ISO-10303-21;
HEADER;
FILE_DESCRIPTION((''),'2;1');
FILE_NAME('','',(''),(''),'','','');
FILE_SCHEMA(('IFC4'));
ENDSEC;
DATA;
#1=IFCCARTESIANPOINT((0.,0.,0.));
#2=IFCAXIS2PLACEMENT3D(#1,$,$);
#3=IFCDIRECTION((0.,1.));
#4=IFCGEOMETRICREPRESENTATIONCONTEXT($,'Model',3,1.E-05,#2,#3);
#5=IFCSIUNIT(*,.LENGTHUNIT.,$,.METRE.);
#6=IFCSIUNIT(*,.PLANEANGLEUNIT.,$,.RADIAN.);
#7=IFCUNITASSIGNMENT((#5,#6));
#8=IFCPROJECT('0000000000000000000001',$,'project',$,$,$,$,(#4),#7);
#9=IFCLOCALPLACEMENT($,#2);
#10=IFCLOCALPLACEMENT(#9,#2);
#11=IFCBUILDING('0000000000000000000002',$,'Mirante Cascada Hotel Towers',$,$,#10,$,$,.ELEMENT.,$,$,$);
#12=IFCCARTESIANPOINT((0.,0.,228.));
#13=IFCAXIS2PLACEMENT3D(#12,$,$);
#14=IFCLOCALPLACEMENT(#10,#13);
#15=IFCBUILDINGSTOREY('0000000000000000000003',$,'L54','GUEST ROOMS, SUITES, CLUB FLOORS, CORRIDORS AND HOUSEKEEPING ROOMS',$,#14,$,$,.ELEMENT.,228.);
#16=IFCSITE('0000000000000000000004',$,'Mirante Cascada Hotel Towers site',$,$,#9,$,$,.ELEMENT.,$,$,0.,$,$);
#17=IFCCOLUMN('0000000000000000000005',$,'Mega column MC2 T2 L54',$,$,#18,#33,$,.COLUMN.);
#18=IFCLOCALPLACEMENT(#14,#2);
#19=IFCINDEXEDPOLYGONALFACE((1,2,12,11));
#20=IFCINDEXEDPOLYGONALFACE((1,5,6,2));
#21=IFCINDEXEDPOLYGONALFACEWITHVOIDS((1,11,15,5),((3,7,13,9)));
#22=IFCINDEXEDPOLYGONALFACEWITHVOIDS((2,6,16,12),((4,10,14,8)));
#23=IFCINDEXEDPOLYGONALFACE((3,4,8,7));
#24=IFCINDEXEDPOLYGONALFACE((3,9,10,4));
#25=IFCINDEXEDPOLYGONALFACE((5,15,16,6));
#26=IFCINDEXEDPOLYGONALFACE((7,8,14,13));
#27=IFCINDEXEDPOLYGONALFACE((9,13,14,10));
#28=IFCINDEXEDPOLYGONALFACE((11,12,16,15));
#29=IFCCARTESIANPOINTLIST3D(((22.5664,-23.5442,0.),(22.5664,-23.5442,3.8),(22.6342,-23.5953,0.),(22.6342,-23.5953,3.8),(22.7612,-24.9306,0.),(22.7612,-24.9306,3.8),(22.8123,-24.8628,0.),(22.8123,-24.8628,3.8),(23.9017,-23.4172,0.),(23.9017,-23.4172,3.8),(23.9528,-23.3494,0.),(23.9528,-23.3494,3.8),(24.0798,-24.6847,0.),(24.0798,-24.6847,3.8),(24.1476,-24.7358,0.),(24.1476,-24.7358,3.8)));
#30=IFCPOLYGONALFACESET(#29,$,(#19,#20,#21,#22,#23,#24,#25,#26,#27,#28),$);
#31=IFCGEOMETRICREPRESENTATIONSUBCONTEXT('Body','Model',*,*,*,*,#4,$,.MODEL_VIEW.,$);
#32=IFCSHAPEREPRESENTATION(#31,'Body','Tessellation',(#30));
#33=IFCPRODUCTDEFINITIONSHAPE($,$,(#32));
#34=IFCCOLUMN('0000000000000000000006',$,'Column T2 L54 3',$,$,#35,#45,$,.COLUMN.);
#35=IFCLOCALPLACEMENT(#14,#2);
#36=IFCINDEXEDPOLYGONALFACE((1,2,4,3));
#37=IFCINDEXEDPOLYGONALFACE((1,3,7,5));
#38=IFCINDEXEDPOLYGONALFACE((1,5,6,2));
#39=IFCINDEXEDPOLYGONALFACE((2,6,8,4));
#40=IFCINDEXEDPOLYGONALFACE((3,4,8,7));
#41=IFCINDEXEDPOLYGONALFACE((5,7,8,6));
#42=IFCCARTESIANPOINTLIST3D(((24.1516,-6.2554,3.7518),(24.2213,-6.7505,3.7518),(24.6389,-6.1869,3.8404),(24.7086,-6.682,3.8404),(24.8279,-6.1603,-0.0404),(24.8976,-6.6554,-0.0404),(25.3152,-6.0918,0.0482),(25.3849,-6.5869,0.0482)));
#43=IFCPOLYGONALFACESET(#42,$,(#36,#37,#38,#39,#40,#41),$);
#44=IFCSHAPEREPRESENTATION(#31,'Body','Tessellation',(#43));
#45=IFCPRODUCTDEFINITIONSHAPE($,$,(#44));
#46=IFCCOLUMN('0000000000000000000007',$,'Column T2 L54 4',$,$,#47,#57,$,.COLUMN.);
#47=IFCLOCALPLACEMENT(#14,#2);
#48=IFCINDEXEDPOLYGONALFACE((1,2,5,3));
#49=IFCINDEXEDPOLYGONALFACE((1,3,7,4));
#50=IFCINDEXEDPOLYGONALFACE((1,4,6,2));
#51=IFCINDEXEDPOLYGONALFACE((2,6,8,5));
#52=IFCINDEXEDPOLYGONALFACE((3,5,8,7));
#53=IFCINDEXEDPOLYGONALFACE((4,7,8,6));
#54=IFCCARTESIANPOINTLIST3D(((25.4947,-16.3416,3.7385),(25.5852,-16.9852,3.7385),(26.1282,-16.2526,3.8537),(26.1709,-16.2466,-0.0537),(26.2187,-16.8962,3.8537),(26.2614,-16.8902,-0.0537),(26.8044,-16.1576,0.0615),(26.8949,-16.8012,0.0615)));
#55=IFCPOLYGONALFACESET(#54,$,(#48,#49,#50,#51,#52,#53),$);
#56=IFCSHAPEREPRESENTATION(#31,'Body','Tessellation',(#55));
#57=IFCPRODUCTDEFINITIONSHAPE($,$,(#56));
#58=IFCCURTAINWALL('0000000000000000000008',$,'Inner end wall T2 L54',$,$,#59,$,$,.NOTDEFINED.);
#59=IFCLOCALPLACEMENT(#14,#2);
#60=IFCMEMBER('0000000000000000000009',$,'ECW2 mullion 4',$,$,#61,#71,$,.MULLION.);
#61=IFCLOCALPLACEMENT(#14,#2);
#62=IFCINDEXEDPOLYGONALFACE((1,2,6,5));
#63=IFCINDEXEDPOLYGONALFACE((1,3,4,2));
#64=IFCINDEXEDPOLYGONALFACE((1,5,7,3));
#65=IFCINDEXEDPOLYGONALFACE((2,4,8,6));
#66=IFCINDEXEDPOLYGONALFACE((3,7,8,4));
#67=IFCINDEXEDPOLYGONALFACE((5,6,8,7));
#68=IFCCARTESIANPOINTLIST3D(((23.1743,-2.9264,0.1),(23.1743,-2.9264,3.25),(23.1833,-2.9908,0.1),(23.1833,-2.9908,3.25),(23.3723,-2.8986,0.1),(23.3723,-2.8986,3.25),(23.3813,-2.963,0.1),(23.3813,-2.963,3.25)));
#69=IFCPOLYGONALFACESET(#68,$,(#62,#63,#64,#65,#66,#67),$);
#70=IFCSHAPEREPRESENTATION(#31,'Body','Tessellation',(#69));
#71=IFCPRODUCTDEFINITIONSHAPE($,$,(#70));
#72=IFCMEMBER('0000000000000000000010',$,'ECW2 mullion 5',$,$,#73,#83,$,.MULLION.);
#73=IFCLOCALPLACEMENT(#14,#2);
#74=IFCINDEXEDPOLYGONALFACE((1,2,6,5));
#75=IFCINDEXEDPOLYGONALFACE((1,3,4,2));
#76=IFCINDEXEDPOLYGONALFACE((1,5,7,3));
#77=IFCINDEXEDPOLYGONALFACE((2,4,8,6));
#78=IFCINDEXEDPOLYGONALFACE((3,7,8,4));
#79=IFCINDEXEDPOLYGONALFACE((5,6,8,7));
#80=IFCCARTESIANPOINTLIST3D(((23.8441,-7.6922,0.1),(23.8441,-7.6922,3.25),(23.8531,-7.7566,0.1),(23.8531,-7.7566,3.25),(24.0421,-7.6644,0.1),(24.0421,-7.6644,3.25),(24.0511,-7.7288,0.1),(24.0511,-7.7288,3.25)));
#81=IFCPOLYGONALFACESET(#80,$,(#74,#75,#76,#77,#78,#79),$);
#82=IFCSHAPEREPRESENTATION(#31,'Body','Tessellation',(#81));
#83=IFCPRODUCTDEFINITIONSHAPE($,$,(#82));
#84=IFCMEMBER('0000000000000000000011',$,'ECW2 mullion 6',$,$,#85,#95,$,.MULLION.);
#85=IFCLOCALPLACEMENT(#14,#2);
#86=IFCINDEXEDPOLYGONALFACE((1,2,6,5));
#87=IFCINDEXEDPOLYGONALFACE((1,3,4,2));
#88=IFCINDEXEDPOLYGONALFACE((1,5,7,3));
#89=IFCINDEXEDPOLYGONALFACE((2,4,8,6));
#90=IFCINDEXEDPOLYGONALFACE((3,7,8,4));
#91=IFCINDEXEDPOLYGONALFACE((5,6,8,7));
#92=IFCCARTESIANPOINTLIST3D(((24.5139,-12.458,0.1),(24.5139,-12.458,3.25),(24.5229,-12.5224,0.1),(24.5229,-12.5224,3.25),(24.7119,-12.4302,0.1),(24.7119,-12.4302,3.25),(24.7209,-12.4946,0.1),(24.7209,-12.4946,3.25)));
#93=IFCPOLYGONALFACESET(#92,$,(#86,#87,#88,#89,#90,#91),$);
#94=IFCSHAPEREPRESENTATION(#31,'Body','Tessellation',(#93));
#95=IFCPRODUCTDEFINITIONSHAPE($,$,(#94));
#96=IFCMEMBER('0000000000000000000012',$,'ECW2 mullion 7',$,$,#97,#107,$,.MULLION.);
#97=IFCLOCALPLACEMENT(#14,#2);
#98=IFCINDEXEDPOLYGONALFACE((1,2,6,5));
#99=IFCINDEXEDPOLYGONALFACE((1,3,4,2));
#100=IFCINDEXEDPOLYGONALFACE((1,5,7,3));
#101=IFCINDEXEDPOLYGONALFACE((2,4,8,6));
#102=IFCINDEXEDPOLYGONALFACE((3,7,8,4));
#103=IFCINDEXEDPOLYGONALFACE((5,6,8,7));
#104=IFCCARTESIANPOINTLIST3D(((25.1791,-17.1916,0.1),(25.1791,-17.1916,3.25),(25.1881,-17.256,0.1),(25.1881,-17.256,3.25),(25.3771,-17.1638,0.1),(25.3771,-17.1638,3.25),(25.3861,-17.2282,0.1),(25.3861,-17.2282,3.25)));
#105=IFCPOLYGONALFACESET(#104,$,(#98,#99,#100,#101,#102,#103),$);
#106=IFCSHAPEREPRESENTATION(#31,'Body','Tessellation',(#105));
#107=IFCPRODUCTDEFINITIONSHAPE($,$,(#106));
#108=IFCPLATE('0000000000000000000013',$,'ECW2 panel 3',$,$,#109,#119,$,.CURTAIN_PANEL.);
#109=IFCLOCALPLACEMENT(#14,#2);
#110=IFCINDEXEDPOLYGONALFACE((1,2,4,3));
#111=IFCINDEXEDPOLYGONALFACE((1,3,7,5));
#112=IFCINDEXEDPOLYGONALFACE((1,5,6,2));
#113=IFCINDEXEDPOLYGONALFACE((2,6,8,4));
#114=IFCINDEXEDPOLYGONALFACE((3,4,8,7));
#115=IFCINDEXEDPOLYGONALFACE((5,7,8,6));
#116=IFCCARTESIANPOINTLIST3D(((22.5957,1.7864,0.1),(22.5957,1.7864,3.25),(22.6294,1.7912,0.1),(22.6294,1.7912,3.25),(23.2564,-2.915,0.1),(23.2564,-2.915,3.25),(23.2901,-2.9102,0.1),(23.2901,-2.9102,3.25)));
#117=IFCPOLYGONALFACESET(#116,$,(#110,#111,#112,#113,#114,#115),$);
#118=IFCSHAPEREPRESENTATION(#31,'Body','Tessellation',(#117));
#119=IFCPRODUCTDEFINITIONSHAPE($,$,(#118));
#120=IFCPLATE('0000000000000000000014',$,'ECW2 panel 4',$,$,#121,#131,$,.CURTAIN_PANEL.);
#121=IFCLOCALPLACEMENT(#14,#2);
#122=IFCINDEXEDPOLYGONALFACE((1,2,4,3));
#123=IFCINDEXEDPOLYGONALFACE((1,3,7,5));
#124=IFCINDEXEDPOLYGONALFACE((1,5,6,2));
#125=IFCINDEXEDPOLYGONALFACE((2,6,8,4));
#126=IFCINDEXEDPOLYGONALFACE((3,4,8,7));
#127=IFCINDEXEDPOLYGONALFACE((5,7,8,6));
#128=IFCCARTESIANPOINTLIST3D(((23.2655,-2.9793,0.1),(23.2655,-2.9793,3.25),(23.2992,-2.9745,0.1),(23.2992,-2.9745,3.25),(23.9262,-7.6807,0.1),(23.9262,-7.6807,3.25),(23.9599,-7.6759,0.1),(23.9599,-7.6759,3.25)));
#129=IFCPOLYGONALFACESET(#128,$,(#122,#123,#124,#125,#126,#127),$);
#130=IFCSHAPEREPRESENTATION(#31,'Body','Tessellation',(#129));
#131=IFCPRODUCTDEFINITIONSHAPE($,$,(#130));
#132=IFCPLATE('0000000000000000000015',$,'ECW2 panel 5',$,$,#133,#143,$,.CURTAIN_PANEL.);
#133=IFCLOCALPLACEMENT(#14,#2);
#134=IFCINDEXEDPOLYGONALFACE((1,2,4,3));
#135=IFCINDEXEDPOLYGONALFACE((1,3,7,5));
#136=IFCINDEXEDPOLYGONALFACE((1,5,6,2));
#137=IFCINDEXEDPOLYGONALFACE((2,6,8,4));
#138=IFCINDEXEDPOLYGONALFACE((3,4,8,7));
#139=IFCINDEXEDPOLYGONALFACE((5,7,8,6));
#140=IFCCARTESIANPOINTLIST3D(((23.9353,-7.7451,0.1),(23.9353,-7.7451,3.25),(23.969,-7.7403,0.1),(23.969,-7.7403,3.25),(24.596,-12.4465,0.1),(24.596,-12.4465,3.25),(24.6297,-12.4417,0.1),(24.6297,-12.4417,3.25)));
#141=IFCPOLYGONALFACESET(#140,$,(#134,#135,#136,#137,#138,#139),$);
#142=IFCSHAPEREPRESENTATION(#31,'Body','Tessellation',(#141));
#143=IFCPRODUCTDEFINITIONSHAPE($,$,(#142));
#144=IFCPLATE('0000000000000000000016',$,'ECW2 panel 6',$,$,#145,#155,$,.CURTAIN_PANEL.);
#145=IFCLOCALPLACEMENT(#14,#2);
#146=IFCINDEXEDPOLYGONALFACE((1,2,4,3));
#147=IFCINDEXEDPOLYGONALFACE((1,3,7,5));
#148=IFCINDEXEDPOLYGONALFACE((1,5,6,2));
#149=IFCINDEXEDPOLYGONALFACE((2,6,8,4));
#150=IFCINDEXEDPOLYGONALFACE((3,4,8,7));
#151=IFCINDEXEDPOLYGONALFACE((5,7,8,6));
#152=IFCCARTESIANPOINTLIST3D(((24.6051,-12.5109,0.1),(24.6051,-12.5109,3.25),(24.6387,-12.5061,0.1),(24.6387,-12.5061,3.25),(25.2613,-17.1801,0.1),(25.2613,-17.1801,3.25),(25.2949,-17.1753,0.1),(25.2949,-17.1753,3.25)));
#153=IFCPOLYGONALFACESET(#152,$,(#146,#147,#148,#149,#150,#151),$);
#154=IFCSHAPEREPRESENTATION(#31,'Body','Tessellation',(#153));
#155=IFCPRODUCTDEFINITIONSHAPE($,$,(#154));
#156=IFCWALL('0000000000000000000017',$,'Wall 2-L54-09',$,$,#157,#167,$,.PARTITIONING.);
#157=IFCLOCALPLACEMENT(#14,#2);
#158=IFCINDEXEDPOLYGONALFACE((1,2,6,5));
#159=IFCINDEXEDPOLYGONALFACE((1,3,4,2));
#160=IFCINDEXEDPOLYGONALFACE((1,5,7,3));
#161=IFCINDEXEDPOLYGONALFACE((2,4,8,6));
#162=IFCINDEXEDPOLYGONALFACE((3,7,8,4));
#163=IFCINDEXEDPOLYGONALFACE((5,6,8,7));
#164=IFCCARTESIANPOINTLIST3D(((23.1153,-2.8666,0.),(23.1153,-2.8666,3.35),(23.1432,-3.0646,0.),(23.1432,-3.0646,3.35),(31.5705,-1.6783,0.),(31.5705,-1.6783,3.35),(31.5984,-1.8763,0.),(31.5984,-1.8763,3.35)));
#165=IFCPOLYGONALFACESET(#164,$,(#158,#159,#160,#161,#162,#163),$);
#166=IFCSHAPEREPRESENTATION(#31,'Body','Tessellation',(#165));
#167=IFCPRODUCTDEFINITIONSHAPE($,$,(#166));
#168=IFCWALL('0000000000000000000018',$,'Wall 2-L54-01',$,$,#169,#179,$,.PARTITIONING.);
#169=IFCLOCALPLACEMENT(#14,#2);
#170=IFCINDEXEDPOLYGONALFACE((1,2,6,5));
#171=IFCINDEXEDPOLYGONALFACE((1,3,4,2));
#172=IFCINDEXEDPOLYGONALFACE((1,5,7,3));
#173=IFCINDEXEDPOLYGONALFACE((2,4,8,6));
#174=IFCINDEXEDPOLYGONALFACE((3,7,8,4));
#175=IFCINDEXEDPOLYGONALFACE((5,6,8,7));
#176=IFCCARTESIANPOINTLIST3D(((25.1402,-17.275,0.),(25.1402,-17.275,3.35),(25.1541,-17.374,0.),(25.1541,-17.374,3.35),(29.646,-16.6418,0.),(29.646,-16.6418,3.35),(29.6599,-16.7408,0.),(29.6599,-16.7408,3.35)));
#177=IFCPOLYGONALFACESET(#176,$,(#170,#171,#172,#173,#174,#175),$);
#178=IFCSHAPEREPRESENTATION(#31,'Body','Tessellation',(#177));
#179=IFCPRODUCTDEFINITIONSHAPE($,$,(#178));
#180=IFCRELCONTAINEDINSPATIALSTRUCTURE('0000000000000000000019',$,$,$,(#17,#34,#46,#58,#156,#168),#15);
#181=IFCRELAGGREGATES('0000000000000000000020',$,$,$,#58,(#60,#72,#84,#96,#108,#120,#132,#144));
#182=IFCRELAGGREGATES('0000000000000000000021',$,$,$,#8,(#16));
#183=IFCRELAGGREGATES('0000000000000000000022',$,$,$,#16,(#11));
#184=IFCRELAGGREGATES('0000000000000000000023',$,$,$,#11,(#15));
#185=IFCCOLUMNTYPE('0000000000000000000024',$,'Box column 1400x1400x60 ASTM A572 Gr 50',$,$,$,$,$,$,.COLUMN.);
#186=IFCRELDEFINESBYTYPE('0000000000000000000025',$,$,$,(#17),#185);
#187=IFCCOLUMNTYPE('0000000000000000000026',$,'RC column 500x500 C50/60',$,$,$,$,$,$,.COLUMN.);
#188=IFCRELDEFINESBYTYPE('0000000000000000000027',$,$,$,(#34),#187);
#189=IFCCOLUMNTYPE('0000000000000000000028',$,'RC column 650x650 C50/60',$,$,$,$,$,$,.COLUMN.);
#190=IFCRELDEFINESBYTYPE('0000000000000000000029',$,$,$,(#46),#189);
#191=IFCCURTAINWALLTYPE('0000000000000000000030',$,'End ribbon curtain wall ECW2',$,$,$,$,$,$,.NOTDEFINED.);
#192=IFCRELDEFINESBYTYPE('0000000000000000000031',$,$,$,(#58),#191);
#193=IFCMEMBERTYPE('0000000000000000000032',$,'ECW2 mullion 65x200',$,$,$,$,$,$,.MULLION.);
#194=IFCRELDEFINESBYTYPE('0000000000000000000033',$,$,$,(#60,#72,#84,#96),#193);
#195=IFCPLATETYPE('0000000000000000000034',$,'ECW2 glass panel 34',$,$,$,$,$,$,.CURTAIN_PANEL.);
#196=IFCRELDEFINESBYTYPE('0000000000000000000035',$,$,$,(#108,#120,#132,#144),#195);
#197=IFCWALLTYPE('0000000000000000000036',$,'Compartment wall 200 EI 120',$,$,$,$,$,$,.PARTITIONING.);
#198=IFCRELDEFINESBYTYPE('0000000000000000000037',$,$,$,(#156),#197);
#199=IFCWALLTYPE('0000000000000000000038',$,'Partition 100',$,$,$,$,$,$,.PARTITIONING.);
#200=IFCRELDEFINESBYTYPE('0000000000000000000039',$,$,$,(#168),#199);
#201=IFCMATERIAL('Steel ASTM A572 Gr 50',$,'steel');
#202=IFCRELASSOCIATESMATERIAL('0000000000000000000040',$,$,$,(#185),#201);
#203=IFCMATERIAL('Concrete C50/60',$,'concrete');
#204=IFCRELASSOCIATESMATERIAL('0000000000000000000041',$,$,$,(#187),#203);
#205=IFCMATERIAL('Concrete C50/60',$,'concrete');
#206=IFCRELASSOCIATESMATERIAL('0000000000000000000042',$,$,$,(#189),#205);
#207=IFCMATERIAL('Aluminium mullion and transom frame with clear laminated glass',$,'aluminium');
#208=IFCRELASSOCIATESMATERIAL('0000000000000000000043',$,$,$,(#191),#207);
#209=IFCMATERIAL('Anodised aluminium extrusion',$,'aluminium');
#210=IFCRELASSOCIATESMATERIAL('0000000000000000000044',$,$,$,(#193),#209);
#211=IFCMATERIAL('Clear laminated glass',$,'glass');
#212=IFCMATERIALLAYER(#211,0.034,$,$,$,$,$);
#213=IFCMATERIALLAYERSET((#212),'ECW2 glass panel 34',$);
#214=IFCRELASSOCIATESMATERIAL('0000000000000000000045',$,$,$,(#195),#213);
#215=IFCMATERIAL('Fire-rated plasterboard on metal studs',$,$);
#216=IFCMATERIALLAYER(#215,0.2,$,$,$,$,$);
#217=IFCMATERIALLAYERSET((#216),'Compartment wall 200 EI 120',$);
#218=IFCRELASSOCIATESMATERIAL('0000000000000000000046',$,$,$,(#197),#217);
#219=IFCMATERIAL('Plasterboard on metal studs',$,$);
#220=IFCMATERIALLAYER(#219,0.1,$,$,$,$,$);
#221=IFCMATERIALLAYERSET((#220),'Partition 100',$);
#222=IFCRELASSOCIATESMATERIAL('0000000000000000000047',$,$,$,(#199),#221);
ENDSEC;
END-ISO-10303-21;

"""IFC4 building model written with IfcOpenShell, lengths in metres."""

from ifc_helpers import new_model, si_unit, direction, frame, frame_2d, origin, origin_2d, place, context, subcontext, project, spatial, rectangle, hollow_rectangle, extrude, material, layer, layer_set, material_profile, profile_set, type_object, element, aggregate, save


model = new_model("IFC4")

# Units and contexts
model_context = context("Model", 3, precision=1e-05, world=origin(), true_north=direction((0.0, 1.0)))
body_context = subcontext(model_context, "Body", "Model", "MODEL_VIEW")
ifc_project = project(units=[si_unit("LENGTHUNIT", "METRE"), si_unit("PLANEANGLEUNIT", "RADIAN")], contexts=[model_context])

# Site, building, storey
site_placement = place(None, origin())
site = spatial("IfcSite", under=ifc_project, at=site_placement, Name="Mirante Cascada Hotel Towers site", CompositionType="ELEMENT", RefElevation=0.0)
building_placement = place(site_placement, origin())
building = spatial("IfcBuilding", under=site, at=building_placement, Name="Mirante Cascada Hotel Towers", CompositionType="ELEMENT")
storey_placement = place(building_placement, frame((0.0, 0.0, 228.0)))
storey = spatial("IfcBuildingStorey", under=building, at=storey_placement, Name="L54", Description="GUEST ROOMS, SUITES, CLUB FLOORS, CORRIDORS AND HOUSEKEEPING ROOMS", CompositionType="ELEMENT", Elevation=228.0)

# Columns
ifc_material_1 = material(Name="Steel ASTM A572 Gr 50", Category="steel")
ifc_material_profile_1 = material_profile(ifc_material_1, hollow_rectangle(XDim=1.4, YDim=1.4, WallThickness=0.06, at=origin_2d()), Name="Box column 1400x1400x60 ASTM A572 Gr 50")
ifc_profile_set_1 = profile_set([ifc_material_profile_1], Name="Steel ASTM A572 Gr 50")
column_type_1 = type_object("IfcColumnType", Name="Box column 1400x1400x60 ASTM A572 Gr 50", PredefinedType="COLUMN", material=ifc_profile_set_1)
column_1_placement = place(storey_placement, frame((23.357, -24.14, 0.0), z_axis=(0.0, 0.0, 1.0), x_axis=(0.990268, 0.139173, 0.0)))
element("IfcColumn", 1, at=column_1_placement, inside=storey, type_object=column_type_1, Name="Mega column MC2 T2 L54", PredefinedType="COLUMN", context=body_context, shape_type="SweptSolid", body=[
    extrude(hollow_rectangle(XDim=1.4, YDim=1.4, WallThickness=0.06, at=origin_2d()), origin(), (0.0, 0.0, 1.0), 3.8),
])
ifc_material_2 = material(Name="Concrete C50/60", Category="concrete")
ifc_material_profile_2 = material_profile(ifc_material_2, rectangle(XDim=0.5, YDim=0.5, at=origin_2d()), Name="RC column 500x500 C50/60")
ifc_profile_set_2 = profile_set([ifc_material_profile_2], Name="Concrete C50/60")
column_type_2 = type_object("IfcColumnType", Name="RC column 500x500 C50/60", PredefinedType="COLUMN", material=ifc_profile_set_2)
column_2_placement = place(storey_placement, frame((25.1064, -6.3736, 0.0039), z_axis=(-0.175516, -0.024681, 0.984167), x_axis=(0.139248, -0.990258, 0.0)))
element("IfcColumn", 2, at=column_2_placement, inside=storey, type_object=column_type_2, Name="Column T2 L54 3", PredefinedType="COLUMN", context=body_context, shape_type="SweptSolid", body=[
    extrude(rectangle(XDim=0.5, YDim=0.5, at=origin_2d()), origin(), (0.0, 0.0, 1.0), 3.8532),
])
ifc_material_3 = material(Name="Concrete C50/60", Category="concrete")
ifc_material_profile_3 = material_profile(ifc_material_3, rectangle(XDim=0.65, YDim=0.65, at=origin_2d()), Name="RC column 650x650 C50/60")
ifc_profile_set_3 = profile_set([ifc_material_profile_3], Name="Concrete C50/60")
column_type_3 = type_object("IfcColumnType", Name="RC column 650x650 C50/60", PredefinedType="COLUMN", material=ifc_profile_set_3)
column_3_placement = place(storey_placement, frame((26.5329, -16.5239, 0.0039), z_axis=(-0.175491, -0.024655, 0.984172), x_axis=(0.139125, -0.990275, 0.0)))
element("IfcColumn", 3, at=column_3_placement, inside=storey, type_object=column_type_3, Name="Column T2 L54 4", PredefinedType="COLUMN", context=body_context, shape_type="SweptSolid", body=[
    extrude(rectangle(XDim=0.65, YDim=0.65, at=origin_2d()), origin(), (0.0, 0.0, 1.0), 3.8532),
])

# Curtain wall, members, plates
ifc_material_4 = material(Name="Aluminium mullion and transom frame with clear laminated glass", Category="aluminium")
curtain_wall_type = type_object("IfcCurtainWallType", Name="End ribbon curtain wall ECW2", PredefinedType="NOTDEFINED", material=ifc_material_4)
curtain_wall_placement = place(storey_placement, origin())
curtain_wall = element("IfcCurtainWall", 4, at=curtain_wall_placement, inside=storey, type_object=curtain_wall_type, Name="Inner end wall T2 L54", PredefinedType="NOTDEFINED")
ifc_material_5 = material(Name="Anodised aluminium extrusion", Category="aluminium")
ifc_material_profile_4 = material_profile(ifc_material_5, rectangle(XDim=0.2, YDim=0.065, at=origin_2d()), Name="ECW2 MULLION 65x200")
ifc_profile_set_4 = profile_set([ifc_material_profile_4], Name="Anodised aluminium extrusion")
member_type = type_object("IfcMemberType", Name="ECW2 mullion 65x200", PredefinedType="MULLION", material=ifc_profile_set_4)
member_1_placement = place(storey_placement, frame((23.2778, -2.9447, 0.1), z_axis=(0.0, 0.0, 1.0), x_axis=(0.990268, 0.139173, 0.0)))
member_1 = element("IfcMember", 5, at=member_1_placement, type_object=member_type, Name="ECW2 mullion 4", PredefinedType="MULLION", context=body_context, shape_type="SweptSolid", body=[
    extrude(rectangle(XDim=0.2, YDim=0.065, at=origin_2d()), origin(), (0.0, 0.0, 1.0), 3.15),
])
member_2_placement = place(storey_placement, frame((23.9476, -7.7105, 0.1), z_axis=(0.0, 0.0, 1.0), x_axis=(0.990268, 0.139173, 0.0)))
member_2 = element("IfcMember", 6, at=member_2_placement, type_object=member_type, Name="ECW2 mullion 5", PredefinedType="MULLION", context=body_context, shape_type="SweptSolid", body=[
    extrude(rectangle(XDim=0.2, YDim=0.065, at=origin_2d()), origin(), (0.0, 0.0, 1.0), 3.15),
])
member_3_placement = place(storey_placement, frame((24.6174, -12.4763, 0.1), z_axis=(0.0, 0.0, 1.0), x_axis=(0.990268, 0.139173, 0.0)))
member_3 = element("IfcMember", 7, at=member_3_placement, type_object=member_type, Name="ECW2 mullion 6", PredefinedType="MULLION", context=body_context, shape_type="SweptSolid", body=[
    extrude(rectangle(XDim=0.2, YDim=0.065, at=origin_2d()), origin(), (0.0, 0.0, 1.0), 3.15),
])
member_4_placement = place(storey_placement, frame((25.2826, -17.2099, 0.1), z_axis=(0.0, 0.0, 1.0), x_axis=(0.990268, 0.139173, 0.0)))
member_4 = element("IfcMember", 8, at=member_4_placement, type_object=member_type, Name="ECW2 mullion 7", PredefinedType="MULLION", context=body_context, shape_type="SweptSolid", body=[
    extrude(rectangle(XDim=0.2, YDim=0.065, at=origin_2d()), origin(), (0.0, 0.0, 1.0), 3.15),
])
ifc_material_6 = material(Name="Clear laminated glass", Category="glass")
ifc_layer_1 = layer(ifc_material_6, 0.034)
ifc_layer_set_1 = layer_set([ifc_layer_1], Name="ECW2 glass panel 34")
plate_type = type_object("IfcPlateType", Name="ECW2 glass panel 34", PredefinedType="CURTAIN_PANEL", material=ifc_layer_set_1)
plate_1_placement = place(storey_placement, frame((22.9429, -0.5619, 0.1), z_axis=(0.0, 0.0, 1.0), x_axis=(0.139173, -0.990268, 0.0)))
plate_1 = element("IfcPlate", 9, at=plate_1_placement, type_object=plate_type, Name="ECW2 panel 3", PredefinedType="CURTAIN_PANEL", context=body_context, shape_type="SweptSolid", body=[
    extrude(rectangle(XDim=4.7476, YDim=0.034, at=origin_2d()), origin(), (0.0, 0.0, 1.0), 3.15),
])
plate_2_placement = place(storey_placement, frame((23.6127, -5.3276, 0.1), z_axis=(0.0, 0.0, 1.0), x_axis=(0.139173, -0.990268, 0.0)))
plate_2 = element("IfcPlate", 10, at=plate_2_placement, type_object=plate_type, Name="ECW2 panel 4", PredefinedType="CURTAIN_PANEL", context=body_context, shape_type="SweptSolid", body=[
    extrude(rectangle(XDim=4.7476, YDim=0.034, at=origin_2d()), origin(), (0.0, 0.0, 1.0), 3.15),
])
plate_3_placement = place(storey_placement, frame((24.2825, -10.0934, 0.1), z_axis=(0.0, 0.0, 1.0), x_axis=(0.139173, -0.990268, 0.0)))
plate_3 = element("IfcPlate", 11, at=plate_3_placement, type_object=plate_type, Name="ECW2 panel 5", PredefinedType="CURTAIN_PANEL", context=body_context, shape_type="SweptSolid", body=[
    extrude(rectangle(XDim=4.7476, YDim=0.034, at=origin_2d()), origin(), (0.0, 0.0, 1.0), 3.15),
])
plate_4_placement = place(storey_placement, frame((24.95, -14.8431, 0.1), z_axis=(0.0, 0.0, 1.0), x_axis=(0.139173, -0.990268, 0.0)))
plate_4 = element("IfcPlate", 12, at=plate_4_placement, type_object=plate_type, Name="ECW2 panel 6", PredefinedType="CURTAIN_PANEL", context=body_context, shape_type="SweptSolid", body=[
    extrude(rectangle(XDim=4.7151, YDim=0.034, at=origin_2d()), origin(), (0.0, 0.0, 1.0), 3.15),
])
aggregate(curtain_wall, [member_1, member_2, member_3, member_4, plate_1, plate_2, plate_3, plate_4])

# Walls
ifc_material_7 = material(Name="Fire-rated plasterboard on metal studs")
ifc_layer_2 = layer(ifc_material_7, 0.2)
ifc_layer_set_2 = layer_set([ifc_layer_2], Name="Compartment wall 200 EI 120")
wall_type_1 = type_object("IfcWallType", Name="Compartment wall 200 EI 120", PredefinedType="PARTITIONING", material=ifc_layer_set_2)
wall_1_placement = place(storey_placement, frame((23.1292, -2.9656, 0.0), z_axis=(0.0, 0.0, 1.0), x_axis=(0.990268, 0.139173, 0.0)))
element("IfcWall", 13, at=wall_1_placement, inside=storey, type_object=wall_type_1, Name="Wall 2-L54-09", PredefinedType="PARTITIONING", context=body_context, shape_type="SweptSolid", body=[
    extrude(rectangle(XDim=8.5383, YDim=0.2, at=frame_2d((4.2692, 0.0))), origin(), (0.0, 0.0, 1.0), 3.35),
])
ifc_material_8 = material(Name="Plasterboard on metal studs")
ifc_layer_3 = layer(ifc_material_8, 0.1)
ifc_layer_set_3 = layer_set([ifc_layer_3], Name="Partition 100")
wall_type_2 = type_object("IfcWallType", Name="Partition 100", PredefinedType="PARTITIONING", material=ifc_layer_set_3)
wall_2_placement = place(storey_placement, frame((25.1472, -17.3245, 0.0), z_axis=(0.0, 0.0, 1.0), x_axis=(0.99027, 0.139163, 0.0)))
element("IfcWall", 14, at=wall_2_placement, inside=storey, type_object=wall_type_2, Name="Wall 2-L54-01", PredefinedType="PARTITIONING", context=body_context, shape_type="SweptSolid", body=[
    extrude(rectangle(XDim=4.5501, YDim=0.1, at=frame_2d((2.275, 0.0))), origin(), (0.0, 0.0, 1.0), 3.35),
])

save(model, "model.ifc")
